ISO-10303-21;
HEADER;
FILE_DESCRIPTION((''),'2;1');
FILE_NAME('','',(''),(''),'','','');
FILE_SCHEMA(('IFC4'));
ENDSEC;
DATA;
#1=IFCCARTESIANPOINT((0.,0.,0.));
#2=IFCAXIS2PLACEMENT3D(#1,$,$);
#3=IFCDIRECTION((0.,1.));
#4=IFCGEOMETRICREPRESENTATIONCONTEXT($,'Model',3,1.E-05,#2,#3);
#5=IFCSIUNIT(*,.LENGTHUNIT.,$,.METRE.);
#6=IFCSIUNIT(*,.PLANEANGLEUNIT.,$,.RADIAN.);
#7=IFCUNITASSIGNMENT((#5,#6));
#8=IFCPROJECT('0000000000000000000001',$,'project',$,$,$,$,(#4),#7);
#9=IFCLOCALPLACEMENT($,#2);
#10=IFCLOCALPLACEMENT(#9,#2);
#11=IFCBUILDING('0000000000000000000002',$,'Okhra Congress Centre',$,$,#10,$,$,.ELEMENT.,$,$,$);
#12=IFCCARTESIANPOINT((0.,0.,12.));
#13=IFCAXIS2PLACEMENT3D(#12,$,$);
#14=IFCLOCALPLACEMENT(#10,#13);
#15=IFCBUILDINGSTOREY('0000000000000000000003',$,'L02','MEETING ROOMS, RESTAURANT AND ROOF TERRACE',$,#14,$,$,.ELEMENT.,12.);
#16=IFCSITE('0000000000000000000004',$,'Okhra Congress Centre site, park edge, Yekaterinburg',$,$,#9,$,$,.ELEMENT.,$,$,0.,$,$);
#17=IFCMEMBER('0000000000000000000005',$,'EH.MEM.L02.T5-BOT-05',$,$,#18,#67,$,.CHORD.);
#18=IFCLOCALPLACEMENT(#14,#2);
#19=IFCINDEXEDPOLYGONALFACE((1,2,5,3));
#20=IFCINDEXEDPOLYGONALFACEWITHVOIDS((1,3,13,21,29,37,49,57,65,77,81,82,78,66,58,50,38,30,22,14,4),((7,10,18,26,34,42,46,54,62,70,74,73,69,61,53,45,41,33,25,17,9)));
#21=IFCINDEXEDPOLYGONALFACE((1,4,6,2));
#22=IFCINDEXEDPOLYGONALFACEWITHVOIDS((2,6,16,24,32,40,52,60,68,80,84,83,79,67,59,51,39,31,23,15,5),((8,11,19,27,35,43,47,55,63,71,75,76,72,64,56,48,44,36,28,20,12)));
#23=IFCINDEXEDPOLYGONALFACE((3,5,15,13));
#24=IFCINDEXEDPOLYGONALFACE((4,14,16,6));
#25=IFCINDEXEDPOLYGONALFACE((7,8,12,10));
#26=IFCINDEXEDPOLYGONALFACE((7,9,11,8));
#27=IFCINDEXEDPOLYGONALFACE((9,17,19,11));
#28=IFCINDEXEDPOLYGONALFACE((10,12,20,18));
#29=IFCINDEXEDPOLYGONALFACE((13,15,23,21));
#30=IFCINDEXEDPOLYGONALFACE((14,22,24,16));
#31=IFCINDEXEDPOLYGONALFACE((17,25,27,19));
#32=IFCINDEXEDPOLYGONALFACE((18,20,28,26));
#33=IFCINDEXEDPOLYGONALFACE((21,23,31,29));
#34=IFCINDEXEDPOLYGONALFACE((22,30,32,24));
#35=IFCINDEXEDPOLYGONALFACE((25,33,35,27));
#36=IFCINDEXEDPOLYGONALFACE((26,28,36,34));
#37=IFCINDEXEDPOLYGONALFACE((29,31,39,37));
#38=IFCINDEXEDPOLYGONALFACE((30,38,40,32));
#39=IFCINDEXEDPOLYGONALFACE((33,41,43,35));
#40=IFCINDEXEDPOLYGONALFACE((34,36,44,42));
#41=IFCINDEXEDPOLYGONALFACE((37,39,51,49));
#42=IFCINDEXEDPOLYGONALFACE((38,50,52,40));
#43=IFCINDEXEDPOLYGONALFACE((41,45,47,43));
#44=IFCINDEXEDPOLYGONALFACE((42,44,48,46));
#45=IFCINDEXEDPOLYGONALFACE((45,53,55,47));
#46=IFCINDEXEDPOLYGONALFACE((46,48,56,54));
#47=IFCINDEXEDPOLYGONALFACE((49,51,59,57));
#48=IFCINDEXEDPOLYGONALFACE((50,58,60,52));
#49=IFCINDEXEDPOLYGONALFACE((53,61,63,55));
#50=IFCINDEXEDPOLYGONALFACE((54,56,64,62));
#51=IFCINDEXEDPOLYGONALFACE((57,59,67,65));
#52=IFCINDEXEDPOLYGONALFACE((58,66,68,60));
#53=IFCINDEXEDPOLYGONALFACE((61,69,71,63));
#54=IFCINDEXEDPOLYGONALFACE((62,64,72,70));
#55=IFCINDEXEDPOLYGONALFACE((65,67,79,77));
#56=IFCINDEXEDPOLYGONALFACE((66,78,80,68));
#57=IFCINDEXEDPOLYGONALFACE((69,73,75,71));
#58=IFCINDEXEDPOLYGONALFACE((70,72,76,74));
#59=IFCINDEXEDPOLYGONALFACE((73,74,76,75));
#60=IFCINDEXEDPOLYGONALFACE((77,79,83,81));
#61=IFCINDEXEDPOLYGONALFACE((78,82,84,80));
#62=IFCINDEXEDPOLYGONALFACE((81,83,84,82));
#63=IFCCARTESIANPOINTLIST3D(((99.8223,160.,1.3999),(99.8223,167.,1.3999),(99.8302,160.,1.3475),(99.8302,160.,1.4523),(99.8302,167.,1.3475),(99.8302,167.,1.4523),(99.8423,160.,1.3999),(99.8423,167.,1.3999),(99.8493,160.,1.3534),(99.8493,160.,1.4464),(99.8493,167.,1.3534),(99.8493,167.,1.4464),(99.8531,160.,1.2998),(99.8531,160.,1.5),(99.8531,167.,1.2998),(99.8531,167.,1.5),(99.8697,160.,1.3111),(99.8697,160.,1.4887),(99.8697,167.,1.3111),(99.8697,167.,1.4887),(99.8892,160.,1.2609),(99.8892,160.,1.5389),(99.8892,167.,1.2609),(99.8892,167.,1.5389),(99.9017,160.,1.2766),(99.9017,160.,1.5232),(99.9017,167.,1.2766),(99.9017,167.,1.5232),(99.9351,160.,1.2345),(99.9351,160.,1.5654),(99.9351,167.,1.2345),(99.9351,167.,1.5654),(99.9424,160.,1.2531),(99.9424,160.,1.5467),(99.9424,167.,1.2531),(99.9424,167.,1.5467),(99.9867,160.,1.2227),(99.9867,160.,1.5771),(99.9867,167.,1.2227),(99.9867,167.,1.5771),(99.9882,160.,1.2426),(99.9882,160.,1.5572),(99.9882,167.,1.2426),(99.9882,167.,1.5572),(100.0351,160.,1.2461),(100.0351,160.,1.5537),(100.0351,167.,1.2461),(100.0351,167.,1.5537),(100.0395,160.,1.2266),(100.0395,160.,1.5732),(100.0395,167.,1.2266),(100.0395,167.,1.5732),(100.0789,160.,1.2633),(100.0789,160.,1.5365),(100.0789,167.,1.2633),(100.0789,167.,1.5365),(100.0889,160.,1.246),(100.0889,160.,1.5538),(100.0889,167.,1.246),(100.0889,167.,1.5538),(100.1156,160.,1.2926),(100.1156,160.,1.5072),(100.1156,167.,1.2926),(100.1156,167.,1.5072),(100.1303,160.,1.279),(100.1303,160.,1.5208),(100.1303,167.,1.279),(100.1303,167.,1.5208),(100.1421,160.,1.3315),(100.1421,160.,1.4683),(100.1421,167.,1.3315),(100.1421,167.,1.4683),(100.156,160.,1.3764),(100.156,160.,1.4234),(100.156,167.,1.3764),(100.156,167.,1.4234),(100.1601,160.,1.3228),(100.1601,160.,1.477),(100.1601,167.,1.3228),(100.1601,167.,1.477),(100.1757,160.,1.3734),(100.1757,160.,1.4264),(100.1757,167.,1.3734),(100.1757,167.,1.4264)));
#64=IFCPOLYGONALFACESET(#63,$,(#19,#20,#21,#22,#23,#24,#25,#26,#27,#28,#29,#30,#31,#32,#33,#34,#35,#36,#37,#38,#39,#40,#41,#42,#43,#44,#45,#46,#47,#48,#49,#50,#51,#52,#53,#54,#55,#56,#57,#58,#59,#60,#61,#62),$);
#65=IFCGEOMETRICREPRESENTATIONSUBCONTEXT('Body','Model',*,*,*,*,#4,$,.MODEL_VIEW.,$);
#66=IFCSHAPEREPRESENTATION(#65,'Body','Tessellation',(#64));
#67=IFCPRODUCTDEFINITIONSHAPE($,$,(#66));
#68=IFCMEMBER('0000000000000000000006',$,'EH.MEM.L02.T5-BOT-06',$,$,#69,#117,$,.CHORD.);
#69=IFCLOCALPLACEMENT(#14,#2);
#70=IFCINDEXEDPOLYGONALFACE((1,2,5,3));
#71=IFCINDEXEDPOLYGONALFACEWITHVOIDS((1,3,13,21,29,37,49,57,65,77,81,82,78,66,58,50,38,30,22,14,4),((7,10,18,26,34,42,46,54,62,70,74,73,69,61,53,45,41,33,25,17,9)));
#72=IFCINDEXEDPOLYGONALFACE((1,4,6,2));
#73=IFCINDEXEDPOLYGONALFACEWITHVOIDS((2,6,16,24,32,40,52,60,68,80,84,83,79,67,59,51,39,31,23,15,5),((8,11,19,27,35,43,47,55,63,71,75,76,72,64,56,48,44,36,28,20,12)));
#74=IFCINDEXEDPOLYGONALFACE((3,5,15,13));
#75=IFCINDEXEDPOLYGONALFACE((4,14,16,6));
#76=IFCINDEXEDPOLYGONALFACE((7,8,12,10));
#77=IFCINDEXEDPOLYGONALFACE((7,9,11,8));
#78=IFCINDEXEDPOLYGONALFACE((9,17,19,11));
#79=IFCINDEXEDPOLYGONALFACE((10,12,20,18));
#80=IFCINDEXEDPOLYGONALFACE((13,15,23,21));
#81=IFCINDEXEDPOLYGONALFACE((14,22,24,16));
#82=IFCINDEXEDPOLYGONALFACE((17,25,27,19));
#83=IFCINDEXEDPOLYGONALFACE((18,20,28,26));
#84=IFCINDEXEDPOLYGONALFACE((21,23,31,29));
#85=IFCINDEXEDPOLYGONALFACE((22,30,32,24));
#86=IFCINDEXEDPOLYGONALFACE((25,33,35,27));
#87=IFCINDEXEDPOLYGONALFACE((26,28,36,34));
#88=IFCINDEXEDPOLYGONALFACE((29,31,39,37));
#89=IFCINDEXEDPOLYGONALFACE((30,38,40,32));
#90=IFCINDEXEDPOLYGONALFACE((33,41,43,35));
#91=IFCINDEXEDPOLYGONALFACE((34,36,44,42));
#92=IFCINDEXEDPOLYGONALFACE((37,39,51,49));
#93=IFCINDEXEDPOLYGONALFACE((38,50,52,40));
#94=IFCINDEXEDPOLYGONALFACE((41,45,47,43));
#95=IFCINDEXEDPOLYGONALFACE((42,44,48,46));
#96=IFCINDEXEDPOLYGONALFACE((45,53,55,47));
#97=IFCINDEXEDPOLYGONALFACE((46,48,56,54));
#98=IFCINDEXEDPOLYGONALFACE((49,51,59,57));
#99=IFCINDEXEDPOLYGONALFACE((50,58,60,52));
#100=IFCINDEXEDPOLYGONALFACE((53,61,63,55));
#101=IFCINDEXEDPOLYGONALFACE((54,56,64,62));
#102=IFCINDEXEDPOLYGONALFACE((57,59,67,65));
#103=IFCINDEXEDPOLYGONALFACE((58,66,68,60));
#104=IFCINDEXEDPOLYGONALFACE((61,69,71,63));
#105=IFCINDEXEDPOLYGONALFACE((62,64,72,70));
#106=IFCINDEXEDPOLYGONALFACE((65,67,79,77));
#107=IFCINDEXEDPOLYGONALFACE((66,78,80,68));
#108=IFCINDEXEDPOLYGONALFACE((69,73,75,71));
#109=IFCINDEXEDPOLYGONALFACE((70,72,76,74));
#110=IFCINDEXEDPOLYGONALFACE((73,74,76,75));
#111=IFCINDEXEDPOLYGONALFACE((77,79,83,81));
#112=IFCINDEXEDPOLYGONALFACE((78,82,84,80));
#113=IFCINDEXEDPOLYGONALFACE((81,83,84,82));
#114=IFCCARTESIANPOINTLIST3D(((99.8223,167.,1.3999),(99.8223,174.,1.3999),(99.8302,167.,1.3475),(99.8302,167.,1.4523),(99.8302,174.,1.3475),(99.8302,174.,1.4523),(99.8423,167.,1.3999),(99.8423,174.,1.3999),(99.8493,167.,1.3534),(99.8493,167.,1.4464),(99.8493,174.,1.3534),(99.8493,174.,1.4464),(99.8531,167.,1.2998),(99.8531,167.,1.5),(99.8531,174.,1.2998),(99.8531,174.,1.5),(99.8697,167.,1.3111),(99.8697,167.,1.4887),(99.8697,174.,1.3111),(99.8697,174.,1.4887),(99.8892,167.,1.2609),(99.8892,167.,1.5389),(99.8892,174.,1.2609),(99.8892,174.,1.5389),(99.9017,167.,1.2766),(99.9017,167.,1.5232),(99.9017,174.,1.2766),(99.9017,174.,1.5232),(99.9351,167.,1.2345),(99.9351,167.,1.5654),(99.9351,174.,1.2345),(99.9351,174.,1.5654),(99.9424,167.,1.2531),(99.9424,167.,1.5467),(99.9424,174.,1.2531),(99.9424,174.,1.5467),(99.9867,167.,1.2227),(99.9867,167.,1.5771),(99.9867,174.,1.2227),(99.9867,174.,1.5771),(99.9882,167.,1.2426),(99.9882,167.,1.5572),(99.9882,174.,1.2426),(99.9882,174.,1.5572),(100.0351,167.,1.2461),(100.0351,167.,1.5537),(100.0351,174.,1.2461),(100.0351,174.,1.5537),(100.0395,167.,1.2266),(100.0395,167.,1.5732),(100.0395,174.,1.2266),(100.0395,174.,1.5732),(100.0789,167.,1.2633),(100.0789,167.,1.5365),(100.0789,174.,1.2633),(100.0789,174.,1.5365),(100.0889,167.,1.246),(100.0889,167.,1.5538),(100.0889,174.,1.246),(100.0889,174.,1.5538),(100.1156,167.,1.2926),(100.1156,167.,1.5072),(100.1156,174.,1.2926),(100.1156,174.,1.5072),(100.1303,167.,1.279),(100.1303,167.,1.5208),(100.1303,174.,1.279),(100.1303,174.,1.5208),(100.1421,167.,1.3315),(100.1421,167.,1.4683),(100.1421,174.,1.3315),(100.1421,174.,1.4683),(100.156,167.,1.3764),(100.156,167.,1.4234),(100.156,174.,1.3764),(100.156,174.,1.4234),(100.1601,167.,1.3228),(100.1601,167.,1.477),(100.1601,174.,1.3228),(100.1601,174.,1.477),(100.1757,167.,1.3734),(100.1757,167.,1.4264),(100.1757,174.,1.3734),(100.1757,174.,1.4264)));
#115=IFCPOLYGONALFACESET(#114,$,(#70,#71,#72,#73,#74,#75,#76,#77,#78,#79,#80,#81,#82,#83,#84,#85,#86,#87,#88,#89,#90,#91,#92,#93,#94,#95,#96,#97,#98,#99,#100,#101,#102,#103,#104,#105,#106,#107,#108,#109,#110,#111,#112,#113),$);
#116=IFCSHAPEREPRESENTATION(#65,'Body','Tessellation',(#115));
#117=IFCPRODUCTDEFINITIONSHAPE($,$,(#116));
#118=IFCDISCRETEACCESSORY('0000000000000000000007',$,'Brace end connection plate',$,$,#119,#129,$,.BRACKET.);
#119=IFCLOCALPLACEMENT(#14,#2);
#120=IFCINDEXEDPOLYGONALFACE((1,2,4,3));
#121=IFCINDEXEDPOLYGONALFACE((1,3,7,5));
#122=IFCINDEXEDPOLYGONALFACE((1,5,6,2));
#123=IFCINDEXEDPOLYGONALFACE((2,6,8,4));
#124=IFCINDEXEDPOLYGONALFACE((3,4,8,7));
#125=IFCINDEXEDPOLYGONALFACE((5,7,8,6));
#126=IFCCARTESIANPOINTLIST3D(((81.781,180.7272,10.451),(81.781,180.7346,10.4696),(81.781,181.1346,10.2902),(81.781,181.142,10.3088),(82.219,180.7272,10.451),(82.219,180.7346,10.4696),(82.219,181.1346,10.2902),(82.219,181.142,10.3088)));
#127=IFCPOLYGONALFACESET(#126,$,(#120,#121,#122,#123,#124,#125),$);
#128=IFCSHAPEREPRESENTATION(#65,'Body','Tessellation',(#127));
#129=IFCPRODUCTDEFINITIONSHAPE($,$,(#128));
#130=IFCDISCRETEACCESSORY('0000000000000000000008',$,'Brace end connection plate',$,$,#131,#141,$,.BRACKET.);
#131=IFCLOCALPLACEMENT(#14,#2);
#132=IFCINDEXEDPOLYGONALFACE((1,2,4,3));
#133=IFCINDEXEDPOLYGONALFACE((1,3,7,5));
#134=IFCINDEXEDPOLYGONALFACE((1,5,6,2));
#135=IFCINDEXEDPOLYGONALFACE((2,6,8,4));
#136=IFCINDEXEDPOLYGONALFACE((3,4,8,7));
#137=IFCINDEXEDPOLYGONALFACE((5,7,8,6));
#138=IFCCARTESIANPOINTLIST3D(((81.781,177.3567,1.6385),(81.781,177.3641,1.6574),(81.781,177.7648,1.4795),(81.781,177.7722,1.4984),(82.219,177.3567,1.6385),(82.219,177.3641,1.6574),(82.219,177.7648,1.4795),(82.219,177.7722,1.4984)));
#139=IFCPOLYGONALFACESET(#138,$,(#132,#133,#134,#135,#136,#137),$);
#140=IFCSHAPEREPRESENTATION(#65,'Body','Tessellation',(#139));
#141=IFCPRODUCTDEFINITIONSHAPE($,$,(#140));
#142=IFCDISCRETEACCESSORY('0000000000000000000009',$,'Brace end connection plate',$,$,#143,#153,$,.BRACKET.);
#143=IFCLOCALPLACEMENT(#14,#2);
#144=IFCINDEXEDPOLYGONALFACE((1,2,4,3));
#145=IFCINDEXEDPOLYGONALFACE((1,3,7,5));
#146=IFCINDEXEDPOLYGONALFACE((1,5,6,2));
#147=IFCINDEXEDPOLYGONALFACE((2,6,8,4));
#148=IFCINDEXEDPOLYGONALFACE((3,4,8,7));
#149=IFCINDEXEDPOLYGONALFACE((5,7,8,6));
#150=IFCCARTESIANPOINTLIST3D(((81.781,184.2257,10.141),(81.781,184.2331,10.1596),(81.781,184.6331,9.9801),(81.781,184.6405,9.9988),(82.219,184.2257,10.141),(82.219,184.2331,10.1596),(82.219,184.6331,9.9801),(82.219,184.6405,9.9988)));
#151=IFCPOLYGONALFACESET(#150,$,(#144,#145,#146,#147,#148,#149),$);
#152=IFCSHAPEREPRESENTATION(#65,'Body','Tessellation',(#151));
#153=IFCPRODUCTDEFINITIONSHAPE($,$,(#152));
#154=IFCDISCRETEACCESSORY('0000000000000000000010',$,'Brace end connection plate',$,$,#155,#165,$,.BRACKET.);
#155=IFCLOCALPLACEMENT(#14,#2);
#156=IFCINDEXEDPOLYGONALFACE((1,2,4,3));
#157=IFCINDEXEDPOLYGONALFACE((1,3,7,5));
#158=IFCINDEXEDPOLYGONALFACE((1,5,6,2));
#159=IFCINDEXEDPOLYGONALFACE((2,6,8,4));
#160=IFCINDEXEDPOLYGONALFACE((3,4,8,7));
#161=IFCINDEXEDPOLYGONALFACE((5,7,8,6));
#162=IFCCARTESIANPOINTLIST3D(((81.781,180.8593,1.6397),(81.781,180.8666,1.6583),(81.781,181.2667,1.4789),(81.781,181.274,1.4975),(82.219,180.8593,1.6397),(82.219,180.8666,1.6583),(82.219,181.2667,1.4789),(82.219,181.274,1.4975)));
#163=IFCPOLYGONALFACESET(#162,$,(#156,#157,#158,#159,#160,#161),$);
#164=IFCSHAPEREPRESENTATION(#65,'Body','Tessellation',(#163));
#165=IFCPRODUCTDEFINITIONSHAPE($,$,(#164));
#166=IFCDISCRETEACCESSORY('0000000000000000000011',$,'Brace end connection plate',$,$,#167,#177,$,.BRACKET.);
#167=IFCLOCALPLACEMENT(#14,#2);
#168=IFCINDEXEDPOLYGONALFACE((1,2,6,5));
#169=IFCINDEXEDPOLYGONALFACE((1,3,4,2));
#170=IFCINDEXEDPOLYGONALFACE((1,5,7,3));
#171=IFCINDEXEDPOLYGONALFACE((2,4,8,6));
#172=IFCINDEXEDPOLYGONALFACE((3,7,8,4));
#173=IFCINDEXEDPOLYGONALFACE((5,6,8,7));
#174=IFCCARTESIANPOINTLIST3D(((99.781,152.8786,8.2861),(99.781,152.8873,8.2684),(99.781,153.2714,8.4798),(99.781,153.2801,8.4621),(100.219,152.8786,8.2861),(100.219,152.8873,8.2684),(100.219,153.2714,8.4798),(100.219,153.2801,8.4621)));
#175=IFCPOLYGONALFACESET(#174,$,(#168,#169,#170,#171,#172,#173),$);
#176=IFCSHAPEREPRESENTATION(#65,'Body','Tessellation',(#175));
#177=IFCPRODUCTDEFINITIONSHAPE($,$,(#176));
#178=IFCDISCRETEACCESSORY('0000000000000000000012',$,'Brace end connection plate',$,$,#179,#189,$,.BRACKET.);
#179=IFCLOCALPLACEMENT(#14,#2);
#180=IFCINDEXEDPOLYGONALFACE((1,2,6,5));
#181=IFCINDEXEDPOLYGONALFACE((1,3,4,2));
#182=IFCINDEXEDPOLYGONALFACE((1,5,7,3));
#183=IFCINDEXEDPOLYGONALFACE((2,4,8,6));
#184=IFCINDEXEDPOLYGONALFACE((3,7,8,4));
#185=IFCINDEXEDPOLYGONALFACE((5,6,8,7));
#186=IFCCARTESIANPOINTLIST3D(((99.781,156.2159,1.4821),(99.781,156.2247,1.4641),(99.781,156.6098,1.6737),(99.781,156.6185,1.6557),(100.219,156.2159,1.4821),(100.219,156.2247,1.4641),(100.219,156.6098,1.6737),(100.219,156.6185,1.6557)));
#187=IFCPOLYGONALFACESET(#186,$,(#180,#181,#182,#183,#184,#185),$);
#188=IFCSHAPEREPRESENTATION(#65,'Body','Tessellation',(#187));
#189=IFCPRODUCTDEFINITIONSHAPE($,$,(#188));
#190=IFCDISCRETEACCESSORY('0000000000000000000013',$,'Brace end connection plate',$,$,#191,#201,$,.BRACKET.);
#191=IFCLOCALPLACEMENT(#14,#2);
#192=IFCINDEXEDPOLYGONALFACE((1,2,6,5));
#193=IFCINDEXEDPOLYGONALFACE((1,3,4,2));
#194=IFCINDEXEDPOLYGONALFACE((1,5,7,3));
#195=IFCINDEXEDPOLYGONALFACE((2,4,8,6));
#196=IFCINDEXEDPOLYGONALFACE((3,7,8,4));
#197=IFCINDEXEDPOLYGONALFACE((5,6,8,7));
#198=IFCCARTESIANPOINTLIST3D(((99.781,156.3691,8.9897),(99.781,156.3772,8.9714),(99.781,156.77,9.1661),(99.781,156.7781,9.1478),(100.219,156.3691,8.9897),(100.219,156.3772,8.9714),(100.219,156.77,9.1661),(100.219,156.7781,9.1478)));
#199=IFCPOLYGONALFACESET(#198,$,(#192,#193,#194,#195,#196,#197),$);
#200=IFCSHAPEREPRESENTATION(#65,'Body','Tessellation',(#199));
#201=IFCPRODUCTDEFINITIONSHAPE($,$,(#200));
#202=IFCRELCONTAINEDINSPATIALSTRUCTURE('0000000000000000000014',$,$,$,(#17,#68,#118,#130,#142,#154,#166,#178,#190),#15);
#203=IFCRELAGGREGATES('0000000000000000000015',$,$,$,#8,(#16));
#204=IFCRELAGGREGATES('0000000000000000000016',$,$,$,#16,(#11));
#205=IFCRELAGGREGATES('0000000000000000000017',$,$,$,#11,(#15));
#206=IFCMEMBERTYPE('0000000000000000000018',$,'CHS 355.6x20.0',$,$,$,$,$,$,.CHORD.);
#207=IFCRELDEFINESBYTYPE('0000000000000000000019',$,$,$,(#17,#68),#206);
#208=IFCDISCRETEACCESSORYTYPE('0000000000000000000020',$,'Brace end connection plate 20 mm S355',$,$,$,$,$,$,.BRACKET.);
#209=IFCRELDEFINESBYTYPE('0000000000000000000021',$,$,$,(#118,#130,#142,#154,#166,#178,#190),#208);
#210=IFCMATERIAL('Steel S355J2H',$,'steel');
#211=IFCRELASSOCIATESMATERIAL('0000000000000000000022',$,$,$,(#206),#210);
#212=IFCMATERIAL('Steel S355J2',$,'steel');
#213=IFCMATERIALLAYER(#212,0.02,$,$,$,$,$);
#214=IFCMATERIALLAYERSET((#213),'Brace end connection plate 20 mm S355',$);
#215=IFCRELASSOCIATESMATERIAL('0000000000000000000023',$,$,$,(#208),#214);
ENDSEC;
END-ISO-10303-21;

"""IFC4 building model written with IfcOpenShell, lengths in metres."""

from ifc_helpers import new_model, si_unit, direction, frame, origin, origin_2d, place, context, subcontext, project, spatial, rectangle, hollow_circle, extrude, material, layer, layer_set, material_profile, profile_set, type_object, element, save


model = new_model("IFC4")

# Units and contexts
model_context = context("Model", 3, precision=1e-05, world=origin(), true_north=direction((0.0, 1.0)))
body_context = subcontext(model_context, "Body", "Model", "MODEL_VIEW")
ifc_project = project(units=[si_unit("LENGTHUNIT", "METRE"), si_unit("PLANEANGLEUNIT", "RADIAN")], contexts=[model_context])

# Site, building, storey
site_placement = place(None, origin())
site = spatial("IfcSite", under=ifc_project, at=site_placement, Name="Okhra Congress Centre site, park edge, Yekaterinburg", CompositionType="ELEMENT", RefElevation=0.0)
building_placement = place(site_placement, origin())
building = spatial("IfcBuilding", under=site, at=building_placement, Name="Okhra Congress Centre", CompositionType="ELEMENT")
storey_placement = place(building_placement, frame((0.0, 0.0, 12.0)))
storey = spatial("IfcBuildingStorey", under=building, at=storey_placement, Name="L02", Description="MEETING ROOMS, RESTAURANT AND ROOF TERRACE", CompositionType="ELEMENT", Elevation=12.0)

# Members
ifc_material_1 = material(Name="Steel S355J2H", Category="steel")
ifc_material_profile_1 = material_profile(ifc_material_1, hollow_circle(Radius=0.1777, WallThickness=0.02, at=origin_2d()), Name="CHS 355.6x20.0")
ifc_profile_set_1 = profile_set([ifc_material_profile_1], Name="Steel S355J2H")
member_type_1 = type_object("IfcMemberType", Name="CHS 355.6x20.0", PredefinedType="CHORD", material=ifc_profile_set_1)
for number, where, z_axis, x_axis, name in (
    (1, (100.0, 160.0, 1.3999), (0.0, 1.0, 0.0), (-1.0, 0.0, 0.0), "EH.MEM.L02.T5-BOT-05"),
    (2, (100.0, 167.0, 1.3999), (0.0, 1.0, 0.0), (-1.0, 0.0, 0.0), "EH.MEM.L02.T5-BOT-06"),
):
    element("IfcMember", number, at=place(storey_placement, frame(where, z_axis=z_axis, x_axis=x_axis)), inside=storey, type_object=member_type_1, Name=name, PredefinedType="CHORD", context=body_context, shape_type="SweptSolid", body=[
        extrude(hollow_circle(Radius=0.1777, WallThickness=0.02, at=origin_2d()), origin(), (0.0, 0.0, 1.0), 7.0),
    ])

# Discrete accessories
ifc_material_2 = material(Name="Steel S355J2", Category="steel")
ifc_layer = layer(ifc_material_2, 0.02)
ifc_layer_set = layer_set([ifc_layer], Name="Brace end connection plate 20 mm S355")
discrete_accessory_type = type_object("IfcDiscreteAccessoryType", Name="Brace end connection plate 20 mm S355", PredefinedType="BRACKET", material=ifc_layer_set)
discrete_accessory_1_placement = place(storey_placement, frame((82.0, 180.9309, 10.3706), z_axis=(0.0, 0.367167, 0.930155), x_axis=(-1.0, 0.0, 0.0)))
element("IfcDiscreteAccessory", 3, at=discrete_accessory_1_placement, inside=storey, type_object=discrete_accessory_type, Name="Brace end connection plate", PredefinedType="BRACKET", context=body_context, shape_type="SweptSolid", body=[
    extrude(rectangle(XDim=0.438, YDim=0.438, at=origin_2d()), origin(), (0.0, 0.0, 1.0), 0.02),
])
discrete_accessory_2_placement = place(storey_placement, frame((82.0, 177.5681, 1.5779), z_axis=(0.0, -0.36303, -0.931777), x_axis=(1.0, 0.0, 0.0)))
element("IfcDiscreteAccessory", 4, at=discrete_accessory_2_placement, inside=storey, type_object=discrete_accessory_type, Name="Brace end connection plate", PredefinedType="BRACKET", context=body_context, shape_type="SweptSolid", body=[
    extrude(rectangle(XDim=0.438, YDim=0.438, at=origin_2d()), origin(), (0.0, 0.0, 1.0), 0.0203),
])
for number, where, z_axis, x_axis, name in (
    (5, (82.0, 184.4294, 10.0605), (0.0, 0.367167, 0.930155), (-1.0, 0.0, 0.0), "Brace end connection plate"),
    (6, (82.0, 181.0703, 1.5779), (0.0, -0.367167, -0.930155), (1.0, 0.0, 0.0), "Brace end connection plate"),
):
    element("IfcDiscreteAccessory", number, at=place(storey_placement, frame(where, z_axis=z_axis, x_axis=x_axis)), inside=storey, type_object=discrete_accessory_type, Name=name, PredefinedType="BRACKET", context=body_context, shape_type="SweptSolid", body=[
        extrude(rectangle(XDim=0.438, YDim=0.438, at=origin_2d()), origin(), (0.0, 0.0, 1.0), 0.02),
    ])
discrete_accessory_3_placement = place(storey_placement, frame((100.0, 153.0837, 8.3652), z_axis=(0.0, -0.442292, 0.896871), x_axis=(1.0, 0.0, 0.0)))
element("IfcDiscreteAccessory", 7, at=discrete_accessory_3_placement, inside=storey, type_object=discrete_accessory_type, Name="Brace end connection plate", PredefinedType="BRACKET", context=body_context, shape_type="SweptSolid", body=[
    extrude(rectangle(XDim=0.438, YDim=0.438, at=origin_2d()), origin(), (0.0, 0.0, 1.0), 0.0198),
])
for number, where, z_axis, x_axis, name in (
    (8, (100.0, 156.4128, 1.5779), (0.0, 0.437466, -0.899235), (-1.0, 0.0, 0.0), "Brace end connection plate"),
    (9, (100.0, 156.5776, 9.0596), (0.0, -0.402739, 0.915315), (1.0, 0.0, 0.0), "Brace end connection plate"),
):
    element("IfcDiscreteAccessory", number, at=place(storey_placement, frame(where, z_axis=z_axis, x_axis=x_axis)), inside=storey, type_object=discrete_accessory_type, Name=name, PredefinedType="BRACKET", context=body_context, shape_type="SweptSolid", body=[
        extrude(rectangle(XDim=0.438, YDim=0.438, at=origin_2d()), origin(), (0.0, 0.0, 1.0), 0.02),
    ])

save(model, "model.ifc")
